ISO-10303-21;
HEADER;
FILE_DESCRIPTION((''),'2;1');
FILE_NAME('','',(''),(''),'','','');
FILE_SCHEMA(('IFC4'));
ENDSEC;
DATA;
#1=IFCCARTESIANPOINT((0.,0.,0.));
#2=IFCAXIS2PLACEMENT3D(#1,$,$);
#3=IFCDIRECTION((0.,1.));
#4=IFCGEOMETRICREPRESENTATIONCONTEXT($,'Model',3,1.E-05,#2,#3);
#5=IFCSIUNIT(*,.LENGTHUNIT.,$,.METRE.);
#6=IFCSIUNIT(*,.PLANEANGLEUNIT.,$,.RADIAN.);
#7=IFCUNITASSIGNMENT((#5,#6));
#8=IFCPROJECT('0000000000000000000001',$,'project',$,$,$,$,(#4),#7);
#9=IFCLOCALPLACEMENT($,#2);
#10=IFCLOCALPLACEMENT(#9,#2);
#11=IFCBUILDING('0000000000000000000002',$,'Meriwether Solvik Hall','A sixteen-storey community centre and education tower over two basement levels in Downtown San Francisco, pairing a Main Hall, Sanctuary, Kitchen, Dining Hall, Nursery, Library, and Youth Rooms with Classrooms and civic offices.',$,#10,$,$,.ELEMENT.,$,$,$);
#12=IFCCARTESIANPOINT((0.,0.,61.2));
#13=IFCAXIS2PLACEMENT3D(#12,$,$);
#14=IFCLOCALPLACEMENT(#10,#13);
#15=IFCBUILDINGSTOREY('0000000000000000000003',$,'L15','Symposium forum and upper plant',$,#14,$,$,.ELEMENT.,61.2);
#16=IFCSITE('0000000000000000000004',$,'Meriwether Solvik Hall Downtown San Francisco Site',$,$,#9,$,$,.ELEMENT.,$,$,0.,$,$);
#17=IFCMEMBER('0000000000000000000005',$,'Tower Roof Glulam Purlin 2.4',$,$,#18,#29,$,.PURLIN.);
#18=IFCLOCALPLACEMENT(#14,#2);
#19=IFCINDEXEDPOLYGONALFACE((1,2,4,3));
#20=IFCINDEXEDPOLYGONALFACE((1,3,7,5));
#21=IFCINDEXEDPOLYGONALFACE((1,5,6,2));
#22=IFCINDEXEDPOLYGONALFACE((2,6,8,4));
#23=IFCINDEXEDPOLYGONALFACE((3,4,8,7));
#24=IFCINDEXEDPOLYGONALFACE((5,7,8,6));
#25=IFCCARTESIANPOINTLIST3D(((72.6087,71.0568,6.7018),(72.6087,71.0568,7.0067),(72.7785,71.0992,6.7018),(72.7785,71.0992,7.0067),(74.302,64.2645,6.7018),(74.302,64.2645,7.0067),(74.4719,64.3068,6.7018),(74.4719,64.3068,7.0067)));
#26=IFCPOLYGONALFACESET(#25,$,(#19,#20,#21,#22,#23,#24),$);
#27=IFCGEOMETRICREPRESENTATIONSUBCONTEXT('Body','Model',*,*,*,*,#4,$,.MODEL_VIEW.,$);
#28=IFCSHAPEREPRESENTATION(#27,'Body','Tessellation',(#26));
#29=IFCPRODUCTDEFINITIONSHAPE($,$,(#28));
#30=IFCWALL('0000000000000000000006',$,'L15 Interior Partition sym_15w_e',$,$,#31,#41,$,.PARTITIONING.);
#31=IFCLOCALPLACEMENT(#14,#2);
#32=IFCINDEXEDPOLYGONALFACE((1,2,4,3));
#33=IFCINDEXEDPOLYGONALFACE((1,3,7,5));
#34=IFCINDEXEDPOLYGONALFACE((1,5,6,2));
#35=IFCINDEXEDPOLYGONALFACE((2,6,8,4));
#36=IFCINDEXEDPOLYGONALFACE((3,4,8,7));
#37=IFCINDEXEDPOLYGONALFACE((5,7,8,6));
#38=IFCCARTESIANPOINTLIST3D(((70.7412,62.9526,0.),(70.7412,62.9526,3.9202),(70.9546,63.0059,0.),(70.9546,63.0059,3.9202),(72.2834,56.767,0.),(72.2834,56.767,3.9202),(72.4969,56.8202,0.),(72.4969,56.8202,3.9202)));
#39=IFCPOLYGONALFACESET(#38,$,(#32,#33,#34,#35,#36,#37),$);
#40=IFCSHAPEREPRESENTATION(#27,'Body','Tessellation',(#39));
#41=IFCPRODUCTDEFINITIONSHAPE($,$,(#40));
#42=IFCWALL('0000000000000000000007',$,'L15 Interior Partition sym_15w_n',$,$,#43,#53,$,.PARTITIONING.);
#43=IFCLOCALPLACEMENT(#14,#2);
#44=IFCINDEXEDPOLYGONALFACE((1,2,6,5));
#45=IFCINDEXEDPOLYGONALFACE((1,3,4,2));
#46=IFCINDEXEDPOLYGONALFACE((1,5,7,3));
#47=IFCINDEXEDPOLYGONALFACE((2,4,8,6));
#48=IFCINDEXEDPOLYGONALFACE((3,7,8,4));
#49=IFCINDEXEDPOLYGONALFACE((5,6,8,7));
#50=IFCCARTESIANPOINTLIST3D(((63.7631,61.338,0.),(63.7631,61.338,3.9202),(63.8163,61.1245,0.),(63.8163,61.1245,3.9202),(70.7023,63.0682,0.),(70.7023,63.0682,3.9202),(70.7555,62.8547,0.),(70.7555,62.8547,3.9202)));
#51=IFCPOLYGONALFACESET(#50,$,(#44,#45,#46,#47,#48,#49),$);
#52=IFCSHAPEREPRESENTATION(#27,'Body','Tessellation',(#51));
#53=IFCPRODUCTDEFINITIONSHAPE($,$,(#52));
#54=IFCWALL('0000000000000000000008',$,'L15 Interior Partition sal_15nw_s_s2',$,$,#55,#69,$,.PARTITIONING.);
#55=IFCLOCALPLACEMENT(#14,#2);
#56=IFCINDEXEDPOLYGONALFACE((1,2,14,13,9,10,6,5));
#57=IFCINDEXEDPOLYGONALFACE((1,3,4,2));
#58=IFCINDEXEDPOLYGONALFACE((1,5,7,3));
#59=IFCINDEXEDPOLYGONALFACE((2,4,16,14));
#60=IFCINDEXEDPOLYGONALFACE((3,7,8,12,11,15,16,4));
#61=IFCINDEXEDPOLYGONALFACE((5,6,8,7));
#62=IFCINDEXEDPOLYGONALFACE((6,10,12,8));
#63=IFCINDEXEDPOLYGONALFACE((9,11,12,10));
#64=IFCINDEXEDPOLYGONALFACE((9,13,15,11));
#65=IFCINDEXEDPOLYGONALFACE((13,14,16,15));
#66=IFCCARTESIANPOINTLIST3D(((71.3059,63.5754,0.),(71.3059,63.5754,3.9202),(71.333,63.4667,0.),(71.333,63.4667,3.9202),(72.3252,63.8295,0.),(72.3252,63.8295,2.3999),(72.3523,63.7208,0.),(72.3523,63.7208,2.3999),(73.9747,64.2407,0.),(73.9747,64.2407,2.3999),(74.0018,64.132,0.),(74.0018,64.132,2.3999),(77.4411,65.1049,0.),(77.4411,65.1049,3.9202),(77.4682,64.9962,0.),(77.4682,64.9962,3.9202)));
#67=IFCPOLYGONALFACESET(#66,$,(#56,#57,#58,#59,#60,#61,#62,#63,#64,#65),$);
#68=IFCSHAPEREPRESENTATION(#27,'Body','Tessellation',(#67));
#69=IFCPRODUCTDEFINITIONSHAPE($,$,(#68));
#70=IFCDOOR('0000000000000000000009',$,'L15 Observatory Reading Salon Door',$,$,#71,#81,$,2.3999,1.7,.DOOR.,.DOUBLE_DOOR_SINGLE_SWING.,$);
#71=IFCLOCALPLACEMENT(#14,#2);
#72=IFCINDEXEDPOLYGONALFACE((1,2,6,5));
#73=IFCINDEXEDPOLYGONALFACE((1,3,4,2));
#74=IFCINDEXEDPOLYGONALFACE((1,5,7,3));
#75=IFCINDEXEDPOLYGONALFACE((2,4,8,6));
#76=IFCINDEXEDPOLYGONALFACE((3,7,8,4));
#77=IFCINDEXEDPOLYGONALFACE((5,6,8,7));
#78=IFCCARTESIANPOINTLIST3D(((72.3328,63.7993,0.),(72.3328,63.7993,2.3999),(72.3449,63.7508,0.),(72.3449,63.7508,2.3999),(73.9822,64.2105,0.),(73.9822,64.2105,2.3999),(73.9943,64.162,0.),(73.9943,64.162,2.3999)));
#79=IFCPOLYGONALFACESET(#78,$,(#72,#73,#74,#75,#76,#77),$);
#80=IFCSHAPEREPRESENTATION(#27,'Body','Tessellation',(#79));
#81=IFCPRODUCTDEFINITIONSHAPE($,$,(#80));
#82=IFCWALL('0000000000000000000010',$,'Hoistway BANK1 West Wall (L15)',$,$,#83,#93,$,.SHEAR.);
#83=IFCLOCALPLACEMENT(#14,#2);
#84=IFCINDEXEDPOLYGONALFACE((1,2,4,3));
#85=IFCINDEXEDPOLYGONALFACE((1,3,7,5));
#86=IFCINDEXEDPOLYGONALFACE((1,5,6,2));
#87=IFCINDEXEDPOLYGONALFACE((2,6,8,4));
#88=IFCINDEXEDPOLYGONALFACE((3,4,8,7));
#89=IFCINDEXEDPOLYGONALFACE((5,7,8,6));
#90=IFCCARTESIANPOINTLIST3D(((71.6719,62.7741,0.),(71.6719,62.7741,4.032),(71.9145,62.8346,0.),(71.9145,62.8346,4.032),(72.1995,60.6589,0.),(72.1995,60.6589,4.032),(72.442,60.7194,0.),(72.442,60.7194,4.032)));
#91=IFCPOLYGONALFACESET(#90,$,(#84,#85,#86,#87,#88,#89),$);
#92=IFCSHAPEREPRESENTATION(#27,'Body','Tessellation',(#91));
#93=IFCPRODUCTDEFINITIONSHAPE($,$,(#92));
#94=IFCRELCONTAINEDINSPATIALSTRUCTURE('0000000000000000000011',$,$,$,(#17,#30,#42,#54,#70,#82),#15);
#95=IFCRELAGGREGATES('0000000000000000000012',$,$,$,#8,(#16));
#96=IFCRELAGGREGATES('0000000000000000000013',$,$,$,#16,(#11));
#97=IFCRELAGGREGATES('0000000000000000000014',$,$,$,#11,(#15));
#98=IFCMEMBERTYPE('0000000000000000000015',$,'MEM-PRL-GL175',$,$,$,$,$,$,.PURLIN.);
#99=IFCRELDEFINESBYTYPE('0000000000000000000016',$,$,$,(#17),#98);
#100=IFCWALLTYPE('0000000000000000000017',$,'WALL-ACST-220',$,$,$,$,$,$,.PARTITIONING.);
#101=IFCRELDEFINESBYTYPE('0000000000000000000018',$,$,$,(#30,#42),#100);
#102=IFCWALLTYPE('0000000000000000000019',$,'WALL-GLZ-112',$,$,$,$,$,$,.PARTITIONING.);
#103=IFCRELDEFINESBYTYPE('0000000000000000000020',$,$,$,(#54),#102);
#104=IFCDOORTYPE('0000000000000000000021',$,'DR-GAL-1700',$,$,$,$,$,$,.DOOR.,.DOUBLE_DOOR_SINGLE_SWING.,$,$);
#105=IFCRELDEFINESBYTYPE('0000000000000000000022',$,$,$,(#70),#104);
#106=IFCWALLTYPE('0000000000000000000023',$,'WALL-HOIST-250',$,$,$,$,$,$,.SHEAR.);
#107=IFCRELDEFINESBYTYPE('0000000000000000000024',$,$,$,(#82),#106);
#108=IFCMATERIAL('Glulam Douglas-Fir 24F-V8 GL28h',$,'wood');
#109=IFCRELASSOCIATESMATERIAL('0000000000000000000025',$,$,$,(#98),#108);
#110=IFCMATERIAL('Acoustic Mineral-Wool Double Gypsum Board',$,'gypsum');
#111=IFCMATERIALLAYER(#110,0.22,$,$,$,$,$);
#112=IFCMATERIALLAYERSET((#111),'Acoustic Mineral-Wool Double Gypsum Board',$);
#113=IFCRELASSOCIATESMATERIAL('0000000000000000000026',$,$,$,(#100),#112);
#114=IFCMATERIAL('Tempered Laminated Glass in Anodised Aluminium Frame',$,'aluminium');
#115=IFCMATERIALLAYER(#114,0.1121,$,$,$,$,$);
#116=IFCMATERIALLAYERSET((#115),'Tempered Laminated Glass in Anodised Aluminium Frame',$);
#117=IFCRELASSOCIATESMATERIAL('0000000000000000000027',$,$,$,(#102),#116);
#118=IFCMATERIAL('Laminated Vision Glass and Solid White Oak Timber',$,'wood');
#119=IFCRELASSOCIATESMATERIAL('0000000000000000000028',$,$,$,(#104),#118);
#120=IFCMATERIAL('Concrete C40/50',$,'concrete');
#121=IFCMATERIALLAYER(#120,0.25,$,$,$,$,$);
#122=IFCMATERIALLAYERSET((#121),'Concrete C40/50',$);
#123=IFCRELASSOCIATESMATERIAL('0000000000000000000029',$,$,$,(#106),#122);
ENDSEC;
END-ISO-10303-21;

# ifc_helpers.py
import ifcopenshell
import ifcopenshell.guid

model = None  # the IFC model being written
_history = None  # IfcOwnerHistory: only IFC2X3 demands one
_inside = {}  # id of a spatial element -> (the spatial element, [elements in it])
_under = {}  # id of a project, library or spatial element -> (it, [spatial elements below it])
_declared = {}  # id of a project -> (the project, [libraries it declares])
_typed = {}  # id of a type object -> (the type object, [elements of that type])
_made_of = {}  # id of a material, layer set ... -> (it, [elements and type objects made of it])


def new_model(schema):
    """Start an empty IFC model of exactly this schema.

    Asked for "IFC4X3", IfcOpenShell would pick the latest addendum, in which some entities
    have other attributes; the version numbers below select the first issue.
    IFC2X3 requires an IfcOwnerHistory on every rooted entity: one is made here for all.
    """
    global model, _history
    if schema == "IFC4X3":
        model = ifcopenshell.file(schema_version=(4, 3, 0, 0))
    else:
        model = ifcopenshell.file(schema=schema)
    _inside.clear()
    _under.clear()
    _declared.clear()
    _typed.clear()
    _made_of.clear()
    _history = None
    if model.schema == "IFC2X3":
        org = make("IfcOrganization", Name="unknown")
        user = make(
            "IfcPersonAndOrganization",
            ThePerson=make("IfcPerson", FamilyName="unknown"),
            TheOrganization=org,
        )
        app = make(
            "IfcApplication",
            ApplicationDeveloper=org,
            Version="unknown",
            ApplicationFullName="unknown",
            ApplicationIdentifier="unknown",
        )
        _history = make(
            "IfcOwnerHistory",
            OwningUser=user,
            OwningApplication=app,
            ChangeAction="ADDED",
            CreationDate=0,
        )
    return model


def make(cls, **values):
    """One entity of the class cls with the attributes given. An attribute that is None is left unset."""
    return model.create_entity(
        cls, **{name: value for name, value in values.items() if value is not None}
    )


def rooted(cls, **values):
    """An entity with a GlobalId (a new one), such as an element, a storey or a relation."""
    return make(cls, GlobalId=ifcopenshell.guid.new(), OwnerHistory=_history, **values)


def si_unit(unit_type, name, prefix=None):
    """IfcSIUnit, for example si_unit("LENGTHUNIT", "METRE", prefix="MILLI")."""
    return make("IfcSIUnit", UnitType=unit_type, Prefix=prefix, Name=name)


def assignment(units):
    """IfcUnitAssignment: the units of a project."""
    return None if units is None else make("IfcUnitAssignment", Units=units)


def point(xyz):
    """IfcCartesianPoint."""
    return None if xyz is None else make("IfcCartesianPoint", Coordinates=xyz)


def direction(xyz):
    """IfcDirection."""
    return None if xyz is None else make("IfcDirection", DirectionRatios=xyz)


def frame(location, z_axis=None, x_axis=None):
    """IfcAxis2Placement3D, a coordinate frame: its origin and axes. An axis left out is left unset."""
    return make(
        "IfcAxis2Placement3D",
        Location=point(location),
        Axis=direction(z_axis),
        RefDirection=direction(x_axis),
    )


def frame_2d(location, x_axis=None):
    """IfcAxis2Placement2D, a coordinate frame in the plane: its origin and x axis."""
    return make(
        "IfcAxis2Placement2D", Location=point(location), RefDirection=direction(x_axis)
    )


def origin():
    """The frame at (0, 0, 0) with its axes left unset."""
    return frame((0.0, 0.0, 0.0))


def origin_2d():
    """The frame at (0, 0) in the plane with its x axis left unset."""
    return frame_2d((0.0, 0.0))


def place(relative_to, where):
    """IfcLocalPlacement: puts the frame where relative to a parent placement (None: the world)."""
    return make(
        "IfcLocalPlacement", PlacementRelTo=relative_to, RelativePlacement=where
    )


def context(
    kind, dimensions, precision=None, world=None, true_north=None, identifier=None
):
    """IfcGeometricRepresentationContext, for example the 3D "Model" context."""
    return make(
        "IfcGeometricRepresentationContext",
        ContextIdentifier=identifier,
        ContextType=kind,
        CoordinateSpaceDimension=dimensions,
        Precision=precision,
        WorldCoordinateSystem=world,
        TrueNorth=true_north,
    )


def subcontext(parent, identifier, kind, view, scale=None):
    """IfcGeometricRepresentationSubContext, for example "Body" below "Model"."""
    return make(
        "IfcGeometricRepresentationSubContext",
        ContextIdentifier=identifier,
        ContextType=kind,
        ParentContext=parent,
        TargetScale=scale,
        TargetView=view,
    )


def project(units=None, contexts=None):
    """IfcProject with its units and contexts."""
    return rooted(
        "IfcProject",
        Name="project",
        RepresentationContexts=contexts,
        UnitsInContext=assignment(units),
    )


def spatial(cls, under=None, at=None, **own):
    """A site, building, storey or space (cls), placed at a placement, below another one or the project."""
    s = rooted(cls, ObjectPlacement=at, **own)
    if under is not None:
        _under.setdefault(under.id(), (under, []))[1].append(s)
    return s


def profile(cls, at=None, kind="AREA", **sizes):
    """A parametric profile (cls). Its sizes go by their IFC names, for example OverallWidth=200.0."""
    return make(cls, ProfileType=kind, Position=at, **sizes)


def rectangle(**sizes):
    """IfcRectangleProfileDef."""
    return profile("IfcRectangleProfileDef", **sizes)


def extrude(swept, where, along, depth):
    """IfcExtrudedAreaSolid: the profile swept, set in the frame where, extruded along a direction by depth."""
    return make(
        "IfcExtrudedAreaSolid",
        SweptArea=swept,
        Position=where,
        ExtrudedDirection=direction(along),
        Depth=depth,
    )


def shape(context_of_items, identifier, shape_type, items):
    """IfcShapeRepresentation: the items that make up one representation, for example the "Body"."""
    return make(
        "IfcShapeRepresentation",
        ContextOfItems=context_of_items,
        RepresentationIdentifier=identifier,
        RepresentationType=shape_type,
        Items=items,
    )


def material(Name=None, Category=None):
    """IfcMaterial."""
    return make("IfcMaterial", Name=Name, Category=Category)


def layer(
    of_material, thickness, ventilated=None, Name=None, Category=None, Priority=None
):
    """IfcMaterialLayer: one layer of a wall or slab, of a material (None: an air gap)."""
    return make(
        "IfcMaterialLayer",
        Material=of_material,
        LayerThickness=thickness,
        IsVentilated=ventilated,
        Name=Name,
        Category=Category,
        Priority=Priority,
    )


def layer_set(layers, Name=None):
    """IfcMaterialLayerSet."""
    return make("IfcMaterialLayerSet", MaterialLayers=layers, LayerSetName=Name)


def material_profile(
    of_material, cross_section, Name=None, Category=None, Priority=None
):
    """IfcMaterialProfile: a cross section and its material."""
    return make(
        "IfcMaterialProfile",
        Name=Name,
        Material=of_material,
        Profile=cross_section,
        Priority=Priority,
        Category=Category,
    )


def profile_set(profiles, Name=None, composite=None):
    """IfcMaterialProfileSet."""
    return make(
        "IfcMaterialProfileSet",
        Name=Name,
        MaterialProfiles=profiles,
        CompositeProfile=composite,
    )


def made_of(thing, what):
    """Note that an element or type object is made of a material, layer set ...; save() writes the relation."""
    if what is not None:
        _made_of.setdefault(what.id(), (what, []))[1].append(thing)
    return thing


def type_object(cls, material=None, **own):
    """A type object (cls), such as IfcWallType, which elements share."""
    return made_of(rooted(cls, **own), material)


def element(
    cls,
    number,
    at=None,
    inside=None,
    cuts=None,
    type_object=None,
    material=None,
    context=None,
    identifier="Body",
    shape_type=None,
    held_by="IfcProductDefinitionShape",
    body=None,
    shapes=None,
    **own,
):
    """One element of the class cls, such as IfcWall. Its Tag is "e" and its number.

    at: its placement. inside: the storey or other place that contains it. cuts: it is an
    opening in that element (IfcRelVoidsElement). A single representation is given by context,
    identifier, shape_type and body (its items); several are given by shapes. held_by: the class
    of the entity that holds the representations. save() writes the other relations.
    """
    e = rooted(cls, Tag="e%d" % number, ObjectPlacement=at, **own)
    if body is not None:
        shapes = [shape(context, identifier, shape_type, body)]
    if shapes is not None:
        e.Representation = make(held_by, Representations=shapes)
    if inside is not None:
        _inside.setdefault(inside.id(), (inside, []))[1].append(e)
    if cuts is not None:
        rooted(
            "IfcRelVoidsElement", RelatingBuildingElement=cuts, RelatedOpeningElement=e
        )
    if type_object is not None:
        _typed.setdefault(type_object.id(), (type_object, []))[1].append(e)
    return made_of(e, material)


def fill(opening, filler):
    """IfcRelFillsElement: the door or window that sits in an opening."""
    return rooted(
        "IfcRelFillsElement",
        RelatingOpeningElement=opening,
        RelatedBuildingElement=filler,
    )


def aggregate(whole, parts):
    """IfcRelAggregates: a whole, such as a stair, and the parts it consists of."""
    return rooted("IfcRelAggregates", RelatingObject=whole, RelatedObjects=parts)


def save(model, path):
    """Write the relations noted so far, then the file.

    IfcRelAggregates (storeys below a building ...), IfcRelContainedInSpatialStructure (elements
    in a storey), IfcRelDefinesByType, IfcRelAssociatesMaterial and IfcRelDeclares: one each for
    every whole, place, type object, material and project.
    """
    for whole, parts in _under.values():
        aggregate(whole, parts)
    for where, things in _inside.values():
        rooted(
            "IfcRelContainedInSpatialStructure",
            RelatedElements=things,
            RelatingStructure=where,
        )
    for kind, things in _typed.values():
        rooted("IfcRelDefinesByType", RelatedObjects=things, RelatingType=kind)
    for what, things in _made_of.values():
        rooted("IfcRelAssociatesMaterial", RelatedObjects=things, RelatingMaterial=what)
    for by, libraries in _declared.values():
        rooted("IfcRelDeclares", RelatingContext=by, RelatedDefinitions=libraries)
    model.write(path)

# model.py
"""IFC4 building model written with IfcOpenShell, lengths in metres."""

from ifc_helpers import new_model, si_unit, direction, frame, frame_2d, origin, origin_2d, place, context, subcontext, project, spatial, rectangle, extrude, material, layer, layer_set, material_profile, profile_set, type_object, element, fill, save


model = new_model("IFC4")

# Units and contexts
model_context = context("Model", 3, precision=1e-05, world=origin(), true_north=direction((0.0, 1.0)))
body_context = subcontext(model_context, "Body", "Model", "MODEL_VIEW")
ifc_project = project(units=[si_unit("LENGTHUNIT", "METRE"), si_unit("PLANEANGLEUNIT", "RADIAN")], contexts=[model_context])

# Site, building, storey
site_placement = place(None, origin())
site = spatial("IfcSite", under=ifc_project, at=site_placement, Name="Meriwether Solvik Hall Downtown San Francisco Site", CompositionType="ELEMENT", RefElevation=0.0)
building_placement = place(site_placement, origin())
building = spatial("IfcBuilding", under=site, at=building_placement, Name="Meriwether Solvik Hall", Description="A sixteen-storey community centre and education tower over two basement levels in Downtown San Francisco, pairing a Main Hall, Sanctuary, Kitchen, Dining Hall, Nursery, Library, and Youth Rooms with Classrooms and civic offices.", CompositionType="ELEMENT")
storey_placement = place(building_placement, frame((0.0, 0.0, 61.2)))
storey = spatial("IfcBuildingStorey", under=building, at=storey_placement, Name="L15", Description="Symposium forum and upper plant", CompositionType="ELEMENT", Elevation=61.2)

# Member
ifc_material_1 = material(Name="Glulam Douglas-Fir 24F-V8 GL28h", Category="wood")
ifc_material_profile_1 = material_profile(ifc_material_1, rectangle(XDim=0.175, YDim=0.3049, at=origin_2d()), Name="GLM-175X305")
ifc_profile_set_1 = profile_set([ifc_material_profile_1], Name="Glulam Douglas-Fir 24F-V8 GL28h")
member_type_1 = type_object("IfcMemberType", Name="MEM-PRL-GL175", PredefinedType="PURLIN", material=ifc_profile_set_1)
member_1_placement = place(storey_placement, frame((74.387, 64.2856, 6.8542), z_axis=(-0.241904, 0.9703, 0.0), x_axis=(-0.9703, -0.241904, 0.0)))
element("IfcMember", 1, at=member_1_placement, inside=storey, type_object=member_type_1, Name="Tower Roof Glulam Purlin 2.4", PredefinedType="PURLIN", context=body_context, shape_type="SweptSolid", body=[
    extrude(rectangle(XDim=0.175, YDim=0.3049, at=origin_2d()), origin(), (0.0, 0.0, 1.0), 7.0002),
])

# Walls
ifc_material_2 = material(Name="Acoustic Mineral-Wool Double Gypsum Board", Category="gypsum")
ifc_layer_1 = layer(ifc_material_2, 0.22)
ifc_layer_set_1 = layer_set([ifc_layer_1], Name="Acoustic Mineral-Wool Double Gypsum Board")
wall_type_1 = type_object("IfcWallType", Name="WALL-ACST-220", PredefinedType="PARTITIONING", material=ifc_layer_set_1)
wall_1_placement = place(storey_placement, frame((70.8479, 62.9792, 0.0), z_axis=(0.0, 0.0, 1.0), x_axis=(0.241923, -0.970295, 0.0)))
element("IfcWall", 2, at=wall_1_placement, inside=storey, type_object=wall_type_1, Name="L15 Interior Partition sym_15w_e", PredefinedType="PARTITIONING", context=body_context, shape_type="SweptSolid", body=[
    extrude(rectangle(XDim=6.375, YDim=0.22, at=frame_2d((3.1875, 0.0))), origin(), (0.0, 0.0, 1.0), 3.9202),
])
wall_2_placement = place(storey_placement, frame((70.7288, 62.9614, 0.0), z_axis=(0.0, 0.0, 1.0), x_axis=(-0.970293, -0.241933, 0.0)))
element("IfcWall", 3, at=wall_2_placement, inside=storey, type_object=wall_type_1, Name="L15 Interior Partition sym_15w_n", PredefinedType="PARTITIONING", context=body_context, shape_type="SweptSolid", body=[
    extrude(rectangle(XDim=7.1516, YDim=0.22, at=frame_2d((3.5757, 0.0))), origin(), (0.0, 0.0, 1.0), 3.9202),
])

# Wall, opening, door
ifc_material_3 = material(Name="Tempered Laminated Glass in Anodised Aluminium Frame", Category="aluminium")
ifc_layer_2 = layer(ifc_material_3, 0.1121)
ifc_layer_set_2 = layer_set([ifc_layer_2], Name="Tempered Laminated Glass in Anodised Aluminium Frame")
wall_type_2 = type_object("IfcWallType", Name="WALL-GLZ-112", PredefinedType="PARTITIONING", material=ifc_layer_set_2)
wall_3_placement = place(storey_placement, frame((71.3193, 63.521, 0.0), z_axis=(0.0, 0.0, 1.0), x_axis=(0.970301, 0.2419, 0.0)))
wall_3 = element("IfcWall", 4, at=wall_3_placement, inside=storey, type_object=wall_type_2, Name="L15 Interior Partition sal_15nw_s_s2", PredefinedType="PARTITIONING", context=body_context, shape_type="SweptSolid", body=[
    extrude(rectangle(XDim=6.323, YDim=0.1121, at=frame_2d((3.1616, 0.0))), origin(), (0.0, 0.0, 1.0), 3.9202),
])
opening_placement = place(wall_3_placement, frame((1.0505, 0.0, 0.0)))
opening = element("IfcOpeningElement", 5, at=opening_placement, cuts=wall_3, PredefinedType="OPENING", context=body_context, shape_type="SweptSolid", body=[
    extrude(rectangle(XDim=1.7, YDim=2.3999, at=frame_2d((0.8501, 1.2))), frame((0.0, 0.0679, 0.0), z_axis=(0.0, -1.0, 0.0), x_axis=(1.0, 0.0, 0.0)), (0.0, 0.0, 1.0), 0.136),
])
ifc_material_4 = material(Name="Laminated Vision Glass and Solid White Oak Timber", Category="wood")
door_type = type_object("IfcDoorType", Name="DR-GAL-1700", OperationType="DOUBLE_DOOR_SINGLE_SWING", PredefinedType="DOOR", material=ifc_material_4)
door_placement = place(opening_placement, origin())
door = element("IfcDoor", 6, at=door_placement, inside=storey, type_object=door_type, Name="L15 Observatory Reading Salon Door", OperationType="DOUBLE_DOOR_SINGLE_SWING", OverallHeight=2.3999, OverallWidth=1.7, PredefinedType="DOOR", context=body_context, shape_type="SweptSolid", body=[
    extrude(rectangle(XDim=1.7, YDim=2.3999, at=frame_2d((0.8501, 1.2))), frame((0.0, 0.0249, 0.0), z_axis=(0.0, -1.0, 0.0), x_axis=(1.0, 0.0, 0.0)), (0.0, 0.0, 1.0), 0.05),
])
fill(opening, door)

# Wall
ifc_material_5 = material(Name="Concrete C40/50", Category="concrete")
ifc_layer_3 = layer(ifc_material_5, 0.25)
ifc_layer_set_3 = layer_set([ifc_layer_3], Name="Concrete C40/50")
wall_type_3 = type_object("IfcWallType", Name="WALL-HOIST-250", PredefinedType="SHEAR", material=ifc_layer_set_3)
wall_4_placement = place(storey_placement, frame((71.7932, 62.8042, 0.0), z_axis=(0.0, 0.0, 1.0), x_axis=(0.242009, -0.970274, 0.0)))
element("IfcWall", 7, at=wall_4_placement, inside=storey, type_object=wall_type_3, Name="Hoistway BANK1 West Wall (L15)", PredefinedType="SHEAR", context=body_context, shape_type="SweptSolid", body=[
    extrude(rectangle(XDim=2.1799, YDim=0.25, at=frame_2d((1.0898, 0.0))), origin(), (0.0, 0.0, 1.0), 4.032),
])

save(model, "model.ifc")
